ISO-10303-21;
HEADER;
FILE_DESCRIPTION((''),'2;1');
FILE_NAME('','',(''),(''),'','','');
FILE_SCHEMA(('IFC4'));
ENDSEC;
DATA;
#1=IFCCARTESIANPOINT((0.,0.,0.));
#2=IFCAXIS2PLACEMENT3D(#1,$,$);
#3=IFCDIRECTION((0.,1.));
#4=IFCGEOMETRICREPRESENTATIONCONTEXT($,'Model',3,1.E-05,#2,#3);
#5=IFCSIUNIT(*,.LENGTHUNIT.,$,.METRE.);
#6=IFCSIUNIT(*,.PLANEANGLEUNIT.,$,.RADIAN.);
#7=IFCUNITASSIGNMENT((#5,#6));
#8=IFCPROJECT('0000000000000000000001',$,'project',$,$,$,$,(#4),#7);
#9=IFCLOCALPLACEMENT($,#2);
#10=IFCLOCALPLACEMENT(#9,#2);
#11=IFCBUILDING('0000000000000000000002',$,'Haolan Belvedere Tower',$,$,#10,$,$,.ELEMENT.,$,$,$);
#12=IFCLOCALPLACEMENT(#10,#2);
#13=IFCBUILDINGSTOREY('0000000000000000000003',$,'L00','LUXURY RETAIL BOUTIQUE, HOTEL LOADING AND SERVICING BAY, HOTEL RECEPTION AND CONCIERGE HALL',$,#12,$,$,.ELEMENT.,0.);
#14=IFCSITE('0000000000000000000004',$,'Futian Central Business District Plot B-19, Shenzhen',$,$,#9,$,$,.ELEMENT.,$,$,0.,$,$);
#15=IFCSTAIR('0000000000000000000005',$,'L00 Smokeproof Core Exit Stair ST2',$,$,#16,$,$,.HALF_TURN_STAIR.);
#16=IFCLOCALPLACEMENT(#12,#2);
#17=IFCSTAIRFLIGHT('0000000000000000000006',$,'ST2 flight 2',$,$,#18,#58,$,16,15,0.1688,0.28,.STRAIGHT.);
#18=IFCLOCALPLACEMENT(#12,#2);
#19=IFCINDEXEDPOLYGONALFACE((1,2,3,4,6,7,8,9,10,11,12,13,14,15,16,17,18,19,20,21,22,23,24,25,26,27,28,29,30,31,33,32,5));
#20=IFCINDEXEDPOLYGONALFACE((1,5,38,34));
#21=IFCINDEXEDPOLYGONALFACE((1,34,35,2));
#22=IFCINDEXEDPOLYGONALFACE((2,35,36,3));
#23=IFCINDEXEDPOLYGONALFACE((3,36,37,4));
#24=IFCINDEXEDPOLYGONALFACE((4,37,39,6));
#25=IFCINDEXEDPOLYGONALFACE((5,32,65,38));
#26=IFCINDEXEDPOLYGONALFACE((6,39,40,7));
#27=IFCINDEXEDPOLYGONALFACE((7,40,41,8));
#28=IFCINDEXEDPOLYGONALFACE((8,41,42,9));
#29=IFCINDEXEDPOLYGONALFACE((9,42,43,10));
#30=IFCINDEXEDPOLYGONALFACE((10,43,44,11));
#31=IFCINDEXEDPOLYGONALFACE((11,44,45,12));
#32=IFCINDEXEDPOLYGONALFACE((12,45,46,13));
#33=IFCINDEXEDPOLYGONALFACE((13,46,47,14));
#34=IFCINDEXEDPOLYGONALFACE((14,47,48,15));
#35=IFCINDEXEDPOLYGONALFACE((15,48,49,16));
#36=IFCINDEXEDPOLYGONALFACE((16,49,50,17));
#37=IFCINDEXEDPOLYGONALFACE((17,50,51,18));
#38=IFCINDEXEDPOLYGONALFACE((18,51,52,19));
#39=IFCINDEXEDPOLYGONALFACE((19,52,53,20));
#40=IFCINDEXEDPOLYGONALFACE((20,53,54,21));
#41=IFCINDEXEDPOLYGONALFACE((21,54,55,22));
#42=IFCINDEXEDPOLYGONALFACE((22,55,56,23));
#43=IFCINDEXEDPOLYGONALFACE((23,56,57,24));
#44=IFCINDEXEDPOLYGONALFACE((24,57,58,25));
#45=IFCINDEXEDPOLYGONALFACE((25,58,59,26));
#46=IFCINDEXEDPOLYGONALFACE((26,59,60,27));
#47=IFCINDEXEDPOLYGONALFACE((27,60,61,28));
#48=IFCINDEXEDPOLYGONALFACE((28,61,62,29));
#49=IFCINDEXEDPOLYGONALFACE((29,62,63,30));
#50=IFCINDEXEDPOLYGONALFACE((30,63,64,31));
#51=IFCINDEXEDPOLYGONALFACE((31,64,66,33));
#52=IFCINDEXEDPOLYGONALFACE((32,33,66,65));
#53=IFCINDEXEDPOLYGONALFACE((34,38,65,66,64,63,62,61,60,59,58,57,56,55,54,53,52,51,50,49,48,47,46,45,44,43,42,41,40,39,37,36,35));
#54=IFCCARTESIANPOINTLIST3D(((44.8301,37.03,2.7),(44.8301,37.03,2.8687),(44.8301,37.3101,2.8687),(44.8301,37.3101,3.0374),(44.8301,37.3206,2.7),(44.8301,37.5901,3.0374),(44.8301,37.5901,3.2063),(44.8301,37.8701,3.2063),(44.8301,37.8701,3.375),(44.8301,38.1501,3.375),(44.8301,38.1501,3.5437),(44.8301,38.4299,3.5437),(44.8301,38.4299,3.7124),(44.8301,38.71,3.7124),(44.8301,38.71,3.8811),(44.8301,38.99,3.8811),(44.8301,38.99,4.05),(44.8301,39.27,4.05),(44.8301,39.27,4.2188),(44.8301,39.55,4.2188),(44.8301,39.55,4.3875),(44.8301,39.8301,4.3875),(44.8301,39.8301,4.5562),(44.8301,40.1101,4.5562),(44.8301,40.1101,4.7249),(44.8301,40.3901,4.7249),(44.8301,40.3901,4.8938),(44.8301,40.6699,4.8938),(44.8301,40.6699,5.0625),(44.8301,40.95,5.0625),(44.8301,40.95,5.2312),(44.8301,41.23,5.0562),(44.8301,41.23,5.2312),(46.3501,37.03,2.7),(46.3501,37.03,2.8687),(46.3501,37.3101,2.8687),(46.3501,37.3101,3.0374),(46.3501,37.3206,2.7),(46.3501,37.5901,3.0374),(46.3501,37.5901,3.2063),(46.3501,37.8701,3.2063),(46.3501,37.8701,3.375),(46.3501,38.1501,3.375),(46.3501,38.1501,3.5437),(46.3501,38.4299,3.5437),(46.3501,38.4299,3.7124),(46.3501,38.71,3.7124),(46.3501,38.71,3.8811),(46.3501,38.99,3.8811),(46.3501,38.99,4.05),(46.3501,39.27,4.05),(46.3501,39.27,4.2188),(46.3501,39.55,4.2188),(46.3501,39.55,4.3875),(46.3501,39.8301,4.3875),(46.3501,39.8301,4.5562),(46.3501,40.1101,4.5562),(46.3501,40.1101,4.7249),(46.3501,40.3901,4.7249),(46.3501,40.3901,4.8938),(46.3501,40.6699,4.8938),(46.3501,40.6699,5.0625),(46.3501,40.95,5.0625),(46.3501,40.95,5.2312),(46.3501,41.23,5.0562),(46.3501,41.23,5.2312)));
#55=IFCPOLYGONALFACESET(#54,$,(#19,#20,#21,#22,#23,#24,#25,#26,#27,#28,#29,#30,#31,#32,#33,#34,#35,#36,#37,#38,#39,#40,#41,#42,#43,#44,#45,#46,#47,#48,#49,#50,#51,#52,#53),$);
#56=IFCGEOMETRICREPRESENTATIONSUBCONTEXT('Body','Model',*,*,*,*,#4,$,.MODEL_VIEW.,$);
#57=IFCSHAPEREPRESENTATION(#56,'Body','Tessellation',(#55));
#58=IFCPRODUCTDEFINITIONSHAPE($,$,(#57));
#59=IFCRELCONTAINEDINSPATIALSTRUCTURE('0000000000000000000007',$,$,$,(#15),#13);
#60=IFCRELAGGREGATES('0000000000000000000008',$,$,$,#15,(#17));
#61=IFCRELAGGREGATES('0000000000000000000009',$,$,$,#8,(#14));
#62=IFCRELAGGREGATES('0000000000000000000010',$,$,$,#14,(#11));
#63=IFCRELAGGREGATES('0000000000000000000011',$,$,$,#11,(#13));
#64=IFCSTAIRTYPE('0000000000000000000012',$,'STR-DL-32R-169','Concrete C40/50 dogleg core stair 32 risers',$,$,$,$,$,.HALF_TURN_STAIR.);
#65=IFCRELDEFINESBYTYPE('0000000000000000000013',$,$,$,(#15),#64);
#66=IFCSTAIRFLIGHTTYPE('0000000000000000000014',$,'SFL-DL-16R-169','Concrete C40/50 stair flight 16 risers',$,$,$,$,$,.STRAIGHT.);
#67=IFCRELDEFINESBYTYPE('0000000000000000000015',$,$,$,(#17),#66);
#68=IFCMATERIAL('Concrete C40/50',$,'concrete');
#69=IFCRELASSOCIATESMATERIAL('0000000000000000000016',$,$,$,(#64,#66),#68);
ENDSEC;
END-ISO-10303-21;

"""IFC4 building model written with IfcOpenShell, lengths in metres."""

from ifc_helpers import new_model, si_unit, direction, frame, origin, place, context, subcontext, project, spatial, polyline, outline, extrude, material, type_object, element, aggregate, save


model = new_model("IFC4")

# Units and contexts
model_context = context("Model", 3, precision=1e-05, world=origin(), true_north=direction((0.0, 1.0)))
body_context = subcontext(model_context, "Body", "Model", "MODEL_VIEW")
ifc_project = project(units=[si_unit("LENGTHUNIT", "METRE"), si_unit("PLANEANGLEUNIT", "RADIAN")], contexts=[model_context])

# Site, building, storey
site_placement = place(None, origin())
site = spatial("IfcSite", under=ifc_project, at=site_placement, Name="Futian Central Business District Plot B-19, Shenzhen", CompositionType="ELEMENT", RefElevation=0.0)
building_placement = place(site_placement, origin())
building = spatial("IfcBuilding", under=site, at=building_placement, Name="Haolan Belvedere Tower", CompositionType="ELEMENT")
storey_placement = place(building_placement, origin())
storey = spatial("IfcBuildingStorey", under=building, at=storey_placement, Name="L00", Description="LUXURY RETAIL BOUTIQUE, HOTEL LOADING AND SERVICING BAY, HOTEL RECEPTION AND CONCIERGE HALL", CompositionType="ELEMENT", Elevation=0.0)

# Shared definitions
ifc_material_1 = material(Name="Concrete C40/50", Category="concrete")

# Stair, stair flight
stair_type = type_object("IfcStairType", Name="STR-DL-32R-169", Description="Concrete C40/50 dogleg core stair 32 risers", PredefinedType="HALF_TURN_STAIR", material=ifc_material_1)
stair_placement = place(storey_placement, origin())
stair = element("IfcStair", 1, at=stair_placement, inside=storey, type_object=stair_type, Name="L00 Smokeproof Core Exit Stair ST2", PredefinedType="HALF_TURN_STAIR")
stair_flight_type = type_object("IfcStairFlightType", Name="SFL-DL-16R-169", Description="Concrete C40/50 stair flight 16 risers", PredefinedType="STRAIGHT", material=ifc_material_1)
stair_flight_placement = place(storey_placement, frame((45.5901, 37.03, 2.7), z_axis=(0.0, 0.0, 1.0), x_axis=(0.0, 1.0, 0.0)))
stair_flight = element("IfcStairFlight", 2, at=stair_flight_placement, type_object=stair_flight_type, Name="ST2 flight 2", NumberOfRisers=16, NumberOfTreads=15, PredefinedType="STRAIGHT", RiserHeight=0.1688, TreadLength=0.28, context=body_context, shape_type="SweptSolid", body=[
    extrude(outline(polyline([(0.0, 0.0), (0.0, 0.1687), (0.28, 0.1687), (0.28, 0.3374), (0.5601, 0.3374), (0.5601, 0.5063), (0.8401, 0.5063), (0.8401, 0.675), (1.1201, 0.675), (1.1201, 0.8438), (1.3999, 0.8438), (1.3999, 1.0125), (1.6799, 1.0125), (1.6799, 1.1812), (1.96, 1.1812), (1.96, 1.3501), (2.24, 1.3501), (2.24, 1.5188), (2.52, 1.5188), (2.52, 1.6875), (2.8, 1.6875), (2.8, 1.8562), (3.0801, 1.8562), (3.0801, 2.0249), (3.3601, 2.0249), (3.3601, 2.1938), (3.6399, 2.1938), (3.6399, 2.3625), (3.9199, 2.3625), (3.9199, 2.5312), (4.2, 2.5312), (4.2, 2.7), (4.2, 2.3562), (0.2905, 0.0), (0.0, 0.0)])), frame((0.0, 0.76, 0.0), z_axis=(0.0, -1.0, 0.0), x_axis=(1.0, 0.0, 0.0)), (0.0, 0.0, 1.0), 1.52),
])
aggregate(stair, [stair_flight])

save(model, "model.ifc")
